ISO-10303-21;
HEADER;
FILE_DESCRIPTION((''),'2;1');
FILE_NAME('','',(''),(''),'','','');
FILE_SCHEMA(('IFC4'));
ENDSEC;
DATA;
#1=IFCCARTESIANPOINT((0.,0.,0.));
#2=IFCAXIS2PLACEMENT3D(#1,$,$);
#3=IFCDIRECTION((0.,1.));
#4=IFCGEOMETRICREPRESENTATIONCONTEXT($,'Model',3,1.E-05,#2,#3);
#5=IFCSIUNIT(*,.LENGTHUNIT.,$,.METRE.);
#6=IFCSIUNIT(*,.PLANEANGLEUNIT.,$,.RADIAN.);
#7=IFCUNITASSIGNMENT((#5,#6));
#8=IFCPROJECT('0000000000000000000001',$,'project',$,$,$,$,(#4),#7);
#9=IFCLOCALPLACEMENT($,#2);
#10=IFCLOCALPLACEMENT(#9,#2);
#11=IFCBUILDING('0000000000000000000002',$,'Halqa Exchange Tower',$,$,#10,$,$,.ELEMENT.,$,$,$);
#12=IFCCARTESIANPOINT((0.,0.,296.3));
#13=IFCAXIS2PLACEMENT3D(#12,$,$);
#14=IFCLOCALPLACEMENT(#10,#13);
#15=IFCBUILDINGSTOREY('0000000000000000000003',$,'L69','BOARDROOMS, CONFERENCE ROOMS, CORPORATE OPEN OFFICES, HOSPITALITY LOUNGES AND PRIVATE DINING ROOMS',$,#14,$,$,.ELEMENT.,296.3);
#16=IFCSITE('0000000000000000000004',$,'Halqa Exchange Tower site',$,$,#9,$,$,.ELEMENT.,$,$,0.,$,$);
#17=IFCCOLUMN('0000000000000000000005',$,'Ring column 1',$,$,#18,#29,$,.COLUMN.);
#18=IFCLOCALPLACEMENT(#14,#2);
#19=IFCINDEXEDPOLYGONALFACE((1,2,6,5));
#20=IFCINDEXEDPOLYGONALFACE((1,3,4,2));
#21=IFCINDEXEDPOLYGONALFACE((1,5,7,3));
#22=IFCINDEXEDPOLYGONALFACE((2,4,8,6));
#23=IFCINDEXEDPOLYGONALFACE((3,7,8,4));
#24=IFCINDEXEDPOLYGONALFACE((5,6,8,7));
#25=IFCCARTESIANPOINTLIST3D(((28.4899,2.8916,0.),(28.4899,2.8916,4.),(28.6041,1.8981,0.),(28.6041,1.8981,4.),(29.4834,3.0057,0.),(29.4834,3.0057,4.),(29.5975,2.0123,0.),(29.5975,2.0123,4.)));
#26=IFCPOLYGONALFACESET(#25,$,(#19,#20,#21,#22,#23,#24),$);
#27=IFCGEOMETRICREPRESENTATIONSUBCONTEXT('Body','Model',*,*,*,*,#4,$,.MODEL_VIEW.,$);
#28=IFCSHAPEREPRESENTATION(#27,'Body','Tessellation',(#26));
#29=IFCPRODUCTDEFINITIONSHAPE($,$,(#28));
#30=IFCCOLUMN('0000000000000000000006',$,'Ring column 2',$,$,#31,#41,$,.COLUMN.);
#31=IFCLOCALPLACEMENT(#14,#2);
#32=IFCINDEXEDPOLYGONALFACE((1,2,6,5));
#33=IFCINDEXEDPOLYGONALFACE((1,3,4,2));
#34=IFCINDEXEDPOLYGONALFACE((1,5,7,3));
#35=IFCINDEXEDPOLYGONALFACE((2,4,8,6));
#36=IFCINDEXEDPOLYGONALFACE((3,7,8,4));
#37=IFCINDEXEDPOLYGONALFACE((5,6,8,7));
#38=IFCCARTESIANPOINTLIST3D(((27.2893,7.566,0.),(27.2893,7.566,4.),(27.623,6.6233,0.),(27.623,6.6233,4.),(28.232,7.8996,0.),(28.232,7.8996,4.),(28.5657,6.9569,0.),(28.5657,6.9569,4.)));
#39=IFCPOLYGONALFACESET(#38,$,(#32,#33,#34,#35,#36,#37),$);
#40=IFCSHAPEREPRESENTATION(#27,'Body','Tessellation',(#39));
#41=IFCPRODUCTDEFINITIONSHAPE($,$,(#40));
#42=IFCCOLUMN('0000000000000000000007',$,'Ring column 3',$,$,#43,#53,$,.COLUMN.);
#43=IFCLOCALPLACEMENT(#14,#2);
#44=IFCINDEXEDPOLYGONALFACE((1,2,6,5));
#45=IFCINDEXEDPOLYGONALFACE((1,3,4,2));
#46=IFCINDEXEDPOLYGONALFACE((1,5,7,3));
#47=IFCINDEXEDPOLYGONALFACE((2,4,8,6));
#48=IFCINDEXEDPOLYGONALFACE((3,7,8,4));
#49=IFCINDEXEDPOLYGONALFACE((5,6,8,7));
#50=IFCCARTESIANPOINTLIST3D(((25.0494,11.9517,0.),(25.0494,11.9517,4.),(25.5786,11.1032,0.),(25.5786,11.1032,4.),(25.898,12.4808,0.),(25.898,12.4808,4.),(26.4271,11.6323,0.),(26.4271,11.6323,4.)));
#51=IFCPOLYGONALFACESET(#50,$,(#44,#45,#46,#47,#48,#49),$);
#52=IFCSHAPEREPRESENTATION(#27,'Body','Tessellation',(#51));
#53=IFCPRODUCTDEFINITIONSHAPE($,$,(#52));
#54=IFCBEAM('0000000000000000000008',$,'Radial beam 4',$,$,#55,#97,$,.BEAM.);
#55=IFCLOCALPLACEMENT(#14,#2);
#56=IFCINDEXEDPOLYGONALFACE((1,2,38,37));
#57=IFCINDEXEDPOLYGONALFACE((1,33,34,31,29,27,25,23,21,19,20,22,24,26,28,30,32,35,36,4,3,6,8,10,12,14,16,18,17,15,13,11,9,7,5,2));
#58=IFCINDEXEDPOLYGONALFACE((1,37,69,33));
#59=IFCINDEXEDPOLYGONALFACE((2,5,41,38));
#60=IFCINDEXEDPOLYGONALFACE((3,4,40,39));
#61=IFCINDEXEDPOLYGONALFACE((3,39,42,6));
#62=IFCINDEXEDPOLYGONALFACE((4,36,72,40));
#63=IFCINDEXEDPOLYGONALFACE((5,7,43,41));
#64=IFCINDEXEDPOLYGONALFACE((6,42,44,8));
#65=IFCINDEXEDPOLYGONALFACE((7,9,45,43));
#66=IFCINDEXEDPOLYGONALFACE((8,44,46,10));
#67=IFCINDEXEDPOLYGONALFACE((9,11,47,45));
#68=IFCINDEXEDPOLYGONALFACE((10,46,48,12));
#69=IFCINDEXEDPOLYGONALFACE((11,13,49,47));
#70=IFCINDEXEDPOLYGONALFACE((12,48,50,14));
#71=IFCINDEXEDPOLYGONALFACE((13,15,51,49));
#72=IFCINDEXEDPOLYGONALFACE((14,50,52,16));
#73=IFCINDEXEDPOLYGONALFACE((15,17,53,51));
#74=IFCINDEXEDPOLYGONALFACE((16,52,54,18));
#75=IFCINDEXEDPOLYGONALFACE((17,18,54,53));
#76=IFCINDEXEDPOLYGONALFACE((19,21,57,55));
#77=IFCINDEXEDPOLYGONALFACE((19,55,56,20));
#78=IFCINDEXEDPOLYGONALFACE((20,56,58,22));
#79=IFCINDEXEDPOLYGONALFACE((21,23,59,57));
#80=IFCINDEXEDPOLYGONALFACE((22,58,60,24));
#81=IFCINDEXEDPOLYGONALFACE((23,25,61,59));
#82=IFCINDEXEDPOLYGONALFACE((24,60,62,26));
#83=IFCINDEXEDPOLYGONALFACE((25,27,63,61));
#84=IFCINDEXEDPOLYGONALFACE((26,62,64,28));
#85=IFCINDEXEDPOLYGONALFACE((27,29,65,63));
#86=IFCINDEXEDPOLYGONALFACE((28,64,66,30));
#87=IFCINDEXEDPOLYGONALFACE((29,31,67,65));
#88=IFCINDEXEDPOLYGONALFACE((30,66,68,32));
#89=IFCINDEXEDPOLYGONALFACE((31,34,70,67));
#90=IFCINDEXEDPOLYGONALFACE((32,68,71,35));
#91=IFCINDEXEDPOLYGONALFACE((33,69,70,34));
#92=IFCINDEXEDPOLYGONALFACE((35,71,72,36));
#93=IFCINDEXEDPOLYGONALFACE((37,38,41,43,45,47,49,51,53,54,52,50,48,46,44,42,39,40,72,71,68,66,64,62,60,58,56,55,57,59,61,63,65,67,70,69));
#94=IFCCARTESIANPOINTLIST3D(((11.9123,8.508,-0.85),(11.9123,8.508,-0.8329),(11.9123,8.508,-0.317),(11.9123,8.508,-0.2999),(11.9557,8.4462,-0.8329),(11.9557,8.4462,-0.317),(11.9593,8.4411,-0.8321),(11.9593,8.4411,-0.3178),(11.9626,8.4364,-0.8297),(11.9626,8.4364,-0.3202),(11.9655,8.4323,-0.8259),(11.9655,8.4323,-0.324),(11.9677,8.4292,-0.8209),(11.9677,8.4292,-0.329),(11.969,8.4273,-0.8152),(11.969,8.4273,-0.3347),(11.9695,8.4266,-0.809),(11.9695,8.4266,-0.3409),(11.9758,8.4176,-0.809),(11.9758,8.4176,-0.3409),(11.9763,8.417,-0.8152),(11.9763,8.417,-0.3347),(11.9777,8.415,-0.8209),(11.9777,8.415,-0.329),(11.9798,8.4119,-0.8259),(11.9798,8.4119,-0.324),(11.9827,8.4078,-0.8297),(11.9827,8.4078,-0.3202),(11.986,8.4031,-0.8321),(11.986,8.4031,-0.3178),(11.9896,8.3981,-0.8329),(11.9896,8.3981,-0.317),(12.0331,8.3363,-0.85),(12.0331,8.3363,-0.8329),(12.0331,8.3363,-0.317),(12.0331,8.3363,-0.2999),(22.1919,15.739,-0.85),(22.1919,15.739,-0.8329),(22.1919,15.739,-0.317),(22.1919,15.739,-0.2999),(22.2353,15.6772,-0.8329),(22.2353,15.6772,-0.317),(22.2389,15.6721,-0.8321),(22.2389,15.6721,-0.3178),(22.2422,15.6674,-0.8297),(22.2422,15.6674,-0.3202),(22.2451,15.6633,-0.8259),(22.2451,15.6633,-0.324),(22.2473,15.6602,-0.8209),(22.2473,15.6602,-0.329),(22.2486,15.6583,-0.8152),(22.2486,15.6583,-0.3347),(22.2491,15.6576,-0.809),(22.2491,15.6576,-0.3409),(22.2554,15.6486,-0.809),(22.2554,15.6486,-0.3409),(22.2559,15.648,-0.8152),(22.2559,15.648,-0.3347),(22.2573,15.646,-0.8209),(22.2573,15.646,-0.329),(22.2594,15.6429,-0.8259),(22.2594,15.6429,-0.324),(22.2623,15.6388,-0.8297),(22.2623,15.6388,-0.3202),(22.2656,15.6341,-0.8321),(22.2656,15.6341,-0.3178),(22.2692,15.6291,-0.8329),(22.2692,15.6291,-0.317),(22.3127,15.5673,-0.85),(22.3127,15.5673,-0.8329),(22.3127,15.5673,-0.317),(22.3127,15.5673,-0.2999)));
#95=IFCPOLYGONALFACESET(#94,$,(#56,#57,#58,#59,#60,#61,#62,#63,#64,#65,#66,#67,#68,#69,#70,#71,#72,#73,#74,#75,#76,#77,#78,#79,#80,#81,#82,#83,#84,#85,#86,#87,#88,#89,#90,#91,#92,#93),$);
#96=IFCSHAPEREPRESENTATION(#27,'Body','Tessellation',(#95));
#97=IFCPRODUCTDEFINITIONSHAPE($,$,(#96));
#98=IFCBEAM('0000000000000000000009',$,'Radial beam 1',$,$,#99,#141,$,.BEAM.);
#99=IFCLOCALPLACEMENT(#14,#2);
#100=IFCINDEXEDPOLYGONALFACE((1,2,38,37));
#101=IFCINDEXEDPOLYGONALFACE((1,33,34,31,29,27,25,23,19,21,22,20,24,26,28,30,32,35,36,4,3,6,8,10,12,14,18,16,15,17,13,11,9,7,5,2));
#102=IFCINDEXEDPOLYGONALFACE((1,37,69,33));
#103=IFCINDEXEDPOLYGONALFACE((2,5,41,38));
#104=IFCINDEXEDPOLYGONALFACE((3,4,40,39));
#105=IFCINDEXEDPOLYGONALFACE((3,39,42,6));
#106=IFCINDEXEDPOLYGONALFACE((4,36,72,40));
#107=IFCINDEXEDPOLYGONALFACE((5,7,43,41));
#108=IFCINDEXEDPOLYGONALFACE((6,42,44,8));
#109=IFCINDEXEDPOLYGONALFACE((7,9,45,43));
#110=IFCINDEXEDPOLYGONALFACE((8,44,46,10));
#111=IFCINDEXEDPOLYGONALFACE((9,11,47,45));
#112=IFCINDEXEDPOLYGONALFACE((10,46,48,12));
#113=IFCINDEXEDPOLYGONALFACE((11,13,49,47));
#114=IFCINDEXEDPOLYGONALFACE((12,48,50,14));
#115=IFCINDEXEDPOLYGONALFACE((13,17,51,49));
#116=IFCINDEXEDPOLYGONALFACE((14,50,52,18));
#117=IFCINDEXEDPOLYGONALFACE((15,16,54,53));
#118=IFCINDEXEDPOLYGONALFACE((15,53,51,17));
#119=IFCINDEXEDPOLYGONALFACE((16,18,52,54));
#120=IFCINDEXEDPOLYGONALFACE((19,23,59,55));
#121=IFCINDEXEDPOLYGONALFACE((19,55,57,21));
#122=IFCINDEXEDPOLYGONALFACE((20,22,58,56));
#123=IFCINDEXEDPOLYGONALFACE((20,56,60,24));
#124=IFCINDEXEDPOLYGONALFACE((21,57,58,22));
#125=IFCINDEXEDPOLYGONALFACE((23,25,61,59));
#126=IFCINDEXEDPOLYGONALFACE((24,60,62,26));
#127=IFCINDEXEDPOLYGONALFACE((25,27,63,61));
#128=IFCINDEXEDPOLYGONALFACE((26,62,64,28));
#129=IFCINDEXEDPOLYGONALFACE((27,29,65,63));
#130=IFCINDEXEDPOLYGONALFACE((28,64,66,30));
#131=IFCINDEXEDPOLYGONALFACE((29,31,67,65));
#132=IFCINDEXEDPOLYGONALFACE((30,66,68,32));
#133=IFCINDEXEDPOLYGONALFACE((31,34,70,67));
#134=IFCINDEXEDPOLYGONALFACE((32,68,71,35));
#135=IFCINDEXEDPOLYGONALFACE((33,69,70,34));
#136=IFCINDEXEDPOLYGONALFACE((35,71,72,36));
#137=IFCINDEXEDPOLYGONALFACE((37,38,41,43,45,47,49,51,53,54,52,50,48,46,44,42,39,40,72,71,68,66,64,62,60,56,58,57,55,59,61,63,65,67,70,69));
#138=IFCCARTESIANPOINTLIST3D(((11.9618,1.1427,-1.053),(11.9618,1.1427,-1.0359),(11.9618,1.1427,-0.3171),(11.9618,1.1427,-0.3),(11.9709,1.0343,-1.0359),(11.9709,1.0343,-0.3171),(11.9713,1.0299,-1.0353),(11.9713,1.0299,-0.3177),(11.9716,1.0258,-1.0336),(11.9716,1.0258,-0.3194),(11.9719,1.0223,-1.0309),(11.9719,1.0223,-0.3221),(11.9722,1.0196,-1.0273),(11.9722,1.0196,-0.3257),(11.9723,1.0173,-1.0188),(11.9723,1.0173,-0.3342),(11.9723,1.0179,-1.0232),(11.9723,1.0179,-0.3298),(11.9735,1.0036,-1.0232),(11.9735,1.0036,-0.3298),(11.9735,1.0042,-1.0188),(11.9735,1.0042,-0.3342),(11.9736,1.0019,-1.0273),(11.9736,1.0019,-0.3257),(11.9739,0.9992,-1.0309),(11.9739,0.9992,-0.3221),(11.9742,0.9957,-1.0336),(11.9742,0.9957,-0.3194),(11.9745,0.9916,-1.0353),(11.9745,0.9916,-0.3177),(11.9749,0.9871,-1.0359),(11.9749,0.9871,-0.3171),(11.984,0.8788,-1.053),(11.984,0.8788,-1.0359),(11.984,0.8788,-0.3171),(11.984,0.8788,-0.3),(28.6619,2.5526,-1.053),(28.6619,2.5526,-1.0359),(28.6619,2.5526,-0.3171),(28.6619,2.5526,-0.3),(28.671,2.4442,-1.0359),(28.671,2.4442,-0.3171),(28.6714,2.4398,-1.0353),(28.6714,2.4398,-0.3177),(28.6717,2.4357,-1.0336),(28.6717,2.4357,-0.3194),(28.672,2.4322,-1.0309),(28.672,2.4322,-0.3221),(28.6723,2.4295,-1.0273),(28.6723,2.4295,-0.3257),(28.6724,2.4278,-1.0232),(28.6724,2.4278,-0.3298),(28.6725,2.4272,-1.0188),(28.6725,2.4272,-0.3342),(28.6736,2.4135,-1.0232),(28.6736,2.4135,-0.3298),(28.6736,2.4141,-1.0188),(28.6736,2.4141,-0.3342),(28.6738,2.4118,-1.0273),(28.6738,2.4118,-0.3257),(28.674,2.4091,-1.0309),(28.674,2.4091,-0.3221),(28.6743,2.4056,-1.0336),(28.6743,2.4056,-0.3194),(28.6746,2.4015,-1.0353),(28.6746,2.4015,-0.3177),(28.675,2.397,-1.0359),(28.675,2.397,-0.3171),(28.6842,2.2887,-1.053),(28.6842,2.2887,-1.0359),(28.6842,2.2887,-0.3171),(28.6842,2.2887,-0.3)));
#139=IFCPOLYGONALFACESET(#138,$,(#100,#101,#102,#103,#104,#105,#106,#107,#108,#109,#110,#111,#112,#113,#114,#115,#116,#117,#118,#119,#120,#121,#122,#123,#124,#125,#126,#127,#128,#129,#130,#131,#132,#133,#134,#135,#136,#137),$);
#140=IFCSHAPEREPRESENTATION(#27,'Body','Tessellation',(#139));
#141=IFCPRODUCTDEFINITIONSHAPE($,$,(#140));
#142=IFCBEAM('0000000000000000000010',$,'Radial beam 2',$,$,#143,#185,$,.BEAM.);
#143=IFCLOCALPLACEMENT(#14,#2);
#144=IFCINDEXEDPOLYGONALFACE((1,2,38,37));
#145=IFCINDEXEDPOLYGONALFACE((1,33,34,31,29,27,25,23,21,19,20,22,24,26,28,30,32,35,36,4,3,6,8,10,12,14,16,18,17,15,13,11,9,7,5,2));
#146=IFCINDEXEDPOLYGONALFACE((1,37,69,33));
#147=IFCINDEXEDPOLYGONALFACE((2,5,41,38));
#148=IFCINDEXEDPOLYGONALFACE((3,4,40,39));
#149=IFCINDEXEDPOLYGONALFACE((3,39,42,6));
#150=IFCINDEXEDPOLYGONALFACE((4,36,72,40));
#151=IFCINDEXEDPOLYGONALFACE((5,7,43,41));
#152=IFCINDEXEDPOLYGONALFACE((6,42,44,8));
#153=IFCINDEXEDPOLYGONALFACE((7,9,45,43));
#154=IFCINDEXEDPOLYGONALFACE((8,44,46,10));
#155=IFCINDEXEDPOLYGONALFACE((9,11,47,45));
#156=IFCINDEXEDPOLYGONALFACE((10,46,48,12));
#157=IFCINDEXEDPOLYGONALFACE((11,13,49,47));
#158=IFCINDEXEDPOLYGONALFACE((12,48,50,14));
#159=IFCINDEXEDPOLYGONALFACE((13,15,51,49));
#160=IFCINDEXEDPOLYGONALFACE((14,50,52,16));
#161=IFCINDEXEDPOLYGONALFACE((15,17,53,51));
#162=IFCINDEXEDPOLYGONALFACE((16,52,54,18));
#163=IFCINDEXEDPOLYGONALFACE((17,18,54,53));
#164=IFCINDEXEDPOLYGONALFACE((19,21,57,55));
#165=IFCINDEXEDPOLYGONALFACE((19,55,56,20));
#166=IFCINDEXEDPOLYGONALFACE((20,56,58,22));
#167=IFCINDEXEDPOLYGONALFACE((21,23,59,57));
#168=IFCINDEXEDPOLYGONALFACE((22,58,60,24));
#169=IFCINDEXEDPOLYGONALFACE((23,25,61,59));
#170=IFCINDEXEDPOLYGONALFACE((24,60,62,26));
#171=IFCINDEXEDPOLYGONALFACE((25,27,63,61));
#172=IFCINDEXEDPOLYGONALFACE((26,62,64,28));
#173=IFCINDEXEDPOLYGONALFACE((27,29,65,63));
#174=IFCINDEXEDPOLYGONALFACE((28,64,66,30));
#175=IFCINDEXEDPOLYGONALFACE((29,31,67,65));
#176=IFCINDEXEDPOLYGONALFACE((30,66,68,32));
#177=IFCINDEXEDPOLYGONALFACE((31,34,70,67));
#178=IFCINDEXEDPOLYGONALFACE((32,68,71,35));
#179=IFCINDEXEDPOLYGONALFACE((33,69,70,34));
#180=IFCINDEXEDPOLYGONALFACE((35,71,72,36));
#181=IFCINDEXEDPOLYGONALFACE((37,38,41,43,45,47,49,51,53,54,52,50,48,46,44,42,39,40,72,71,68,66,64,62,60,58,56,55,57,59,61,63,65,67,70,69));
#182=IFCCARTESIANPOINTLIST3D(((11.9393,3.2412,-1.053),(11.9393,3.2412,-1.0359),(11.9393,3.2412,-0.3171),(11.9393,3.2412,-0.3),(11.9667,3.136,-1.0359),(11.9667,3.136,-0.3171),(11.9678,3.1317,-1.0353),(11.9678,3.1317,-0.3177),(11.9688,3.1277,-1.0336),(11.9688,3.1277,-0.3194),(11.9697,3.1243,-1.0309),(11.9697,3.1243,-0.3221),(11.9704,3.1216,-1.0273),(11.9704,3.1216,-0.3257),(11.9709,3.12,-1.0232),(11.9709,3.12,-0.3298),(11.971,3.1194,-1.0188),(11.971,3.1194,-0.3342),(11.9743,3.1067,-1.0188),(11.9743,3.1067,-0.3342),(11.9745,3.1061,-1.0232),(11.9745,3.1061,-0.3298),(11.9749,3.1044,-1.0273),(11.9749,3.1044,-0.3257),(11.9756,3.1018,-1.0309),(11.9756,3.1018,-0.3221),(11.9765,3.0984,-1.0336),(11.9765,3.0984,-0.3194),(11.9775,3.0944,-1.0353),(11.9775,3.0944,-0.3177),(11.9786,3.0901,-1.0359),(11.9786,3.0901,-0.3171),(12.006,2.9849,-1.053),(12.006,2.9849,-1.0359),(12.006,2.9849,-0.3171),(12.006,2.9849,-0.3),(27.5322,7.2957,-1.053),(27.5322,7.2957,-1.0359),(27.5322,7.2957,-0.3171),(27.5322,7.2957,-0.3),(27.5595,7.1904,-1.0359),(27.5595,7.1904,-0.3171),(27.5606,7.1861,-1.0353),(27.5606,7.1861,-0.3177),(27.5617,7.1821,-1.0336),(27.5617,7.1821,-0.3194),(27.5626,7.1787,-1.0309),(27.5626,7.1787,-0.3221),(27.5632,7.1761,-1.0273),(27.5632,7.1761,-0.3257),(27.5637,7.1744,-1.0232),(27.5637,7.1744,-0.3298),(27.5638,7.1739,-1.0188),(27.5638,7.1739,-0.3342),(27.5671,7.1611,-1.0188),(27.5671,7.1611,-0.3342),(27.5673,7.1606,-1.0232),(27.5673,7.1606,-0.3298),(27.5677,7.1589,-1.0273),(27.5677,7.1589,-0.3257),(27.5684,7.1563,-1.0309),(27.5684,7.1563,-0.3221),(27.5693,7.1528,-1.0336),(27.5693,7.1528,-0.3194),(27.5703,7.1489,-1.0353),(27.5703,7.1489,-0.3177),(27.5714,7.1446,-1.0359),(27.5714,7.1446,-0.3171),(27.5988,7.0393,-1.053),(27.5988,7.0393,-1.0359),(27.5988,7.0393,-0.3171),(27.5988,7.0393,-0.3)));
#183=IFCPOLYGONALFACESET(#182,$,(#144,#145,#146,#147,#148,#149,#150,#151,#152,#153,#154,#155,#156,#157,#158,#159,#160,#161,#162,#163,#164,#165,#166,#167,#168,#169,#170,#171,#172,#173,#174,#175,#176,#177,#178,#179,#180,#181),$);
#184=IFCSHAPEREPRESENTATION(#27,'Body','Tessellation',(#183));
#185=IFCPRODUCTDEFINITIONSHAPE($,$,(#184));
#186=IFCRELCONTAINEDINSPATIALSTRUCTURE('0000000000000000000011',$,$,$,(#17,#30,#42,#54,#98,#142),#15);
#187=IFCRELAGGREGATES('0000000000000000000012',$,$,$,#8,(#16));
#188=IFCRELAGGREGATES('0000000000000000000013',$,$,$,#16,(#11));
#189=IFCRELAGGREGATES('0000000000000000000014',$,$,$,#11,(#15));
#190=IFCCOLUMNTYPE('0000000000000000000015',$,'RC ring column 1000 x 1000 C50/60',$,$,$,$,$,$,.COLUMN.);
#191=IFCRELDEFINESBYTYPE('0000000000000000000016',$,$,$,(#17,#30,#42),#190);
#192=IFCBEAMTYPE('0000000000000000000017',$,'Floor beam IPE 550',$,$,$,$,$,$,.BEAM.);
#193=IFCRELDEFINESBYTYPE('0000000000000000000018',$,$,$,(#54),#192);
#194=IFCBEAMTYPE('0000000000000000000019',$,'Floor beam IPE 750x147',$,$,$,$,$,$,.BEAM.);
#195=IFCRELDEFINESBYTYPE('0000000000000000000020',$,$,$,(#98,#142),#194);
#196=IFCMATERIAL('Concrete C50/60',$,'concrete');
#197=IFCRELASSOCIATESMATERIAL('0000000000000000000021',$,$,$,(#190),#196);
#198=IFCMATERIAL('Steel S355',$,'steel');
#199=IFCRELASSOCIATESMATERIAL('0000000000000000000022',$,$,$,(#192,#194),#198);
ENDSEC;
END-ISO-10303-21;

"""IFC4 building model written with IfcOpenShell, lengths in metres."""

from ifc_helpers import new_model, si_unit, direction, frame, origin, origin_2d, place, context, subcontext, project, spatial, rectangle, i_section, extrude, material, material_profile, profile_set, type_object, element, save


model = new_model("IFC4")

# Units and contexts
model_context = context("Model", 3, precision=1e-05, world=origin(), true_north=direction((0.0, 1.0)))
body_context = subcontext(model_context, "Body", "Model", "MODEL_VIEW")
ifc_project = project(units=[si_unit("LENGTHUNIT", "METRE"), si_unit("PLANEANGLEUNIT", "RADIAN")], contexts=[model_context])

# Site, building, storey
site_placement = place(None, origin())
site = spatial("IfcSite", under=ifc_project, at=site_placement, Name="Halqa Exchange Tower site", CompositionType="ELEMENT", RefElevation=0.0)
building_placement = place(site_placement, origin())
building = spatial("IfcBuilding", under=site, at=building_placement, Name="Halqa Exchange Tower", CompositionType="ELEMENT")
storey_placement = place(building_placement, frame((0.0, 0.0, 296.3)))
storey = spatial("IfcBuildingStorey", under=building, at=storey_placement, Name="L69", Description="BOARDROOMS, CONFERENCE ROOMS, CORPORATE OPEN OFFICES, HOSPITALITY LOUNGES AND PRIVATE DINING ROOMS", CompositionType="ELEMENT", Elevation=296.3)

# Columns
ifc_material_1 = material(Name="Concrete C50/60", Category="concrete")
ifc_material_profile_1 = material_profile(ifc_material_1, rectangle(XDim=1.0, YDim=1.0, at=origin_2d()), Name="1000 x 1000")
ifc_profile_set_1 = profile_set([ifc_material_profile_1], Name="Concrete C50/60")
column_type = type_object("IfcColumnType", Name="RC ring column 1000 x 1000 C50/60", PredefinedType="COLUMN", material=ifc_profile_set_1)
for number, where, z_axis, x_axis, name in (
    (1, (29.0437, 2.4519, 0.0), (0.0, 0.0, 1.0), (-0.114162, 0.993462, 0.0), "Ring column 1"),
    (2, (27.9275, 7.2615, 0.0), (0.0, 0.0, 1.0), (-0.333628, 0.942705, 0.0), "Ring column 2"),
    (3, (25.7383, 11.792, 0.0), (0.0, 0.0, 1.0), (-0.529142, 0.848533, 0.0), "Ring column 3"),
):
    element("IfcColumn", number, at=place(storey_placement, frame(where, z_axis=z_axis, x_axis=x_axis)), inside=storey, type_object=column_type, Name=name, PredefinedType="COLUMN", context=body_context, shape_type="SweptSolid", body=[
        extrude(rectangle(XDim=1.0, YDim=1.0, at=origin_2d()), origin(), (0.0, 0.0, 1.0), 4.0),
    ])

# Beams
ifc_material_2 = material(Name="Steel S355", Category="steel")
ifc_material_profile_2 = material_profile(ifc_material_2, i_section(OverallWidth=0.21, OverallDepth=0.55, WebThickness=0.011, FlangeThickness=0.0171, FilletRadius=0.0239, at=origin_2d()), Name="IPE 550")
ifc_profile_set_2 = profile_set([ifc_material_profile_2], Name="Steel S355")
beam_type_1 = type_object("IfcBeamType", Name="Floor beam IPE 550", PredefinedType="BEAM", material=ifc_profile_set_2)
beam_1_placement = place(storey_placement, frame((11.9727, 8.4221, -0.575), z_axis=(0.817911, 0.575345, 0.0), x_axis=(-0.575345, 0.817911, 0.0)))
element("IfcBeam", 4, at=beam_1_placement, inside=storey, type_object=beam_type_1, Name="Radial beam 4", PredefinedType="BEAM", context=body_context, shape_type="SweptSolid", body=[
    extrude(i_section(OverallWidth=0.21, OverallDepth=0.55, WebThickness=0.011, FlangeThickness=0.0171, FilletRadius=0.0239, at=origin_2d()), origin(), (0.0, 0.0, 1.0), 12.5681),
])
ifc_material_profile_3 = material_profile(ifc_material_2, i_section(OverallWidth=0.2649, OverallDepth=0.7529, WebThickness=0.0132, FlangeThickness=0.0171, FilletRadius=0.0171, at=origin_2d()), Name="IPE 750x147")
ifc_profile_set_3 = profile_set([ifc_material_profile_3], Name="Steel S355")
beam_type_2 = type_object("IfcBeamType", Name="Floor beam IPE 750x147", PredefinedType="BEAM", material=ifc_profile_set_3)
beam_2_placement = place(storey_placement, frame((11.9729, 1.0107, -0.6765), z_axis=(0.996455, 0.084126, 0.0), x_axis=(-0.084126, 0.996455, 0.0)))
element("IfcBeam", 5, at=beam_2_placement, inside=storey, type_object=beam_type_2, Name="Radial beam 1", PredefinedType="BEAM", context=body_context, shape_type="SweptSolid", body=[
    extrude(i_section(OverallWidth=0.2649, OverallDepth=0.7529, WebThickness=0.0132, FlangeThickness=0.0171, FilletRadius=0.0171, at=origin_2d()), origin(), (0.0, 0.0, 1.0), 16.7595),
])
beam_3_placement = place(storey_placement, frame((11.9727, 3.113, -0.6765), z_axis=(0.967818, 0.251653, 0.0), x_axis=(-0.251653, 0.967818, 0.0)))
element("IfcBeam", 6, at=beam_3_placement, inside=storey, type_object=beam_type_2, Name="Radial beam 2", PredefinedType="BEAM", context=body_context, shape_type="SweptSolid", body=[
    extrude(i_section(OverallWidth=0.2649, OverallDepth=0.7529, WebThickness=0.0132, FlangeThickness=0.0171, FilletRadius=0.0171, at=origin_2d()), origin(), (0.0, 0.0, 1.0), 16.1113),
])

save(model, "model.ifc")
